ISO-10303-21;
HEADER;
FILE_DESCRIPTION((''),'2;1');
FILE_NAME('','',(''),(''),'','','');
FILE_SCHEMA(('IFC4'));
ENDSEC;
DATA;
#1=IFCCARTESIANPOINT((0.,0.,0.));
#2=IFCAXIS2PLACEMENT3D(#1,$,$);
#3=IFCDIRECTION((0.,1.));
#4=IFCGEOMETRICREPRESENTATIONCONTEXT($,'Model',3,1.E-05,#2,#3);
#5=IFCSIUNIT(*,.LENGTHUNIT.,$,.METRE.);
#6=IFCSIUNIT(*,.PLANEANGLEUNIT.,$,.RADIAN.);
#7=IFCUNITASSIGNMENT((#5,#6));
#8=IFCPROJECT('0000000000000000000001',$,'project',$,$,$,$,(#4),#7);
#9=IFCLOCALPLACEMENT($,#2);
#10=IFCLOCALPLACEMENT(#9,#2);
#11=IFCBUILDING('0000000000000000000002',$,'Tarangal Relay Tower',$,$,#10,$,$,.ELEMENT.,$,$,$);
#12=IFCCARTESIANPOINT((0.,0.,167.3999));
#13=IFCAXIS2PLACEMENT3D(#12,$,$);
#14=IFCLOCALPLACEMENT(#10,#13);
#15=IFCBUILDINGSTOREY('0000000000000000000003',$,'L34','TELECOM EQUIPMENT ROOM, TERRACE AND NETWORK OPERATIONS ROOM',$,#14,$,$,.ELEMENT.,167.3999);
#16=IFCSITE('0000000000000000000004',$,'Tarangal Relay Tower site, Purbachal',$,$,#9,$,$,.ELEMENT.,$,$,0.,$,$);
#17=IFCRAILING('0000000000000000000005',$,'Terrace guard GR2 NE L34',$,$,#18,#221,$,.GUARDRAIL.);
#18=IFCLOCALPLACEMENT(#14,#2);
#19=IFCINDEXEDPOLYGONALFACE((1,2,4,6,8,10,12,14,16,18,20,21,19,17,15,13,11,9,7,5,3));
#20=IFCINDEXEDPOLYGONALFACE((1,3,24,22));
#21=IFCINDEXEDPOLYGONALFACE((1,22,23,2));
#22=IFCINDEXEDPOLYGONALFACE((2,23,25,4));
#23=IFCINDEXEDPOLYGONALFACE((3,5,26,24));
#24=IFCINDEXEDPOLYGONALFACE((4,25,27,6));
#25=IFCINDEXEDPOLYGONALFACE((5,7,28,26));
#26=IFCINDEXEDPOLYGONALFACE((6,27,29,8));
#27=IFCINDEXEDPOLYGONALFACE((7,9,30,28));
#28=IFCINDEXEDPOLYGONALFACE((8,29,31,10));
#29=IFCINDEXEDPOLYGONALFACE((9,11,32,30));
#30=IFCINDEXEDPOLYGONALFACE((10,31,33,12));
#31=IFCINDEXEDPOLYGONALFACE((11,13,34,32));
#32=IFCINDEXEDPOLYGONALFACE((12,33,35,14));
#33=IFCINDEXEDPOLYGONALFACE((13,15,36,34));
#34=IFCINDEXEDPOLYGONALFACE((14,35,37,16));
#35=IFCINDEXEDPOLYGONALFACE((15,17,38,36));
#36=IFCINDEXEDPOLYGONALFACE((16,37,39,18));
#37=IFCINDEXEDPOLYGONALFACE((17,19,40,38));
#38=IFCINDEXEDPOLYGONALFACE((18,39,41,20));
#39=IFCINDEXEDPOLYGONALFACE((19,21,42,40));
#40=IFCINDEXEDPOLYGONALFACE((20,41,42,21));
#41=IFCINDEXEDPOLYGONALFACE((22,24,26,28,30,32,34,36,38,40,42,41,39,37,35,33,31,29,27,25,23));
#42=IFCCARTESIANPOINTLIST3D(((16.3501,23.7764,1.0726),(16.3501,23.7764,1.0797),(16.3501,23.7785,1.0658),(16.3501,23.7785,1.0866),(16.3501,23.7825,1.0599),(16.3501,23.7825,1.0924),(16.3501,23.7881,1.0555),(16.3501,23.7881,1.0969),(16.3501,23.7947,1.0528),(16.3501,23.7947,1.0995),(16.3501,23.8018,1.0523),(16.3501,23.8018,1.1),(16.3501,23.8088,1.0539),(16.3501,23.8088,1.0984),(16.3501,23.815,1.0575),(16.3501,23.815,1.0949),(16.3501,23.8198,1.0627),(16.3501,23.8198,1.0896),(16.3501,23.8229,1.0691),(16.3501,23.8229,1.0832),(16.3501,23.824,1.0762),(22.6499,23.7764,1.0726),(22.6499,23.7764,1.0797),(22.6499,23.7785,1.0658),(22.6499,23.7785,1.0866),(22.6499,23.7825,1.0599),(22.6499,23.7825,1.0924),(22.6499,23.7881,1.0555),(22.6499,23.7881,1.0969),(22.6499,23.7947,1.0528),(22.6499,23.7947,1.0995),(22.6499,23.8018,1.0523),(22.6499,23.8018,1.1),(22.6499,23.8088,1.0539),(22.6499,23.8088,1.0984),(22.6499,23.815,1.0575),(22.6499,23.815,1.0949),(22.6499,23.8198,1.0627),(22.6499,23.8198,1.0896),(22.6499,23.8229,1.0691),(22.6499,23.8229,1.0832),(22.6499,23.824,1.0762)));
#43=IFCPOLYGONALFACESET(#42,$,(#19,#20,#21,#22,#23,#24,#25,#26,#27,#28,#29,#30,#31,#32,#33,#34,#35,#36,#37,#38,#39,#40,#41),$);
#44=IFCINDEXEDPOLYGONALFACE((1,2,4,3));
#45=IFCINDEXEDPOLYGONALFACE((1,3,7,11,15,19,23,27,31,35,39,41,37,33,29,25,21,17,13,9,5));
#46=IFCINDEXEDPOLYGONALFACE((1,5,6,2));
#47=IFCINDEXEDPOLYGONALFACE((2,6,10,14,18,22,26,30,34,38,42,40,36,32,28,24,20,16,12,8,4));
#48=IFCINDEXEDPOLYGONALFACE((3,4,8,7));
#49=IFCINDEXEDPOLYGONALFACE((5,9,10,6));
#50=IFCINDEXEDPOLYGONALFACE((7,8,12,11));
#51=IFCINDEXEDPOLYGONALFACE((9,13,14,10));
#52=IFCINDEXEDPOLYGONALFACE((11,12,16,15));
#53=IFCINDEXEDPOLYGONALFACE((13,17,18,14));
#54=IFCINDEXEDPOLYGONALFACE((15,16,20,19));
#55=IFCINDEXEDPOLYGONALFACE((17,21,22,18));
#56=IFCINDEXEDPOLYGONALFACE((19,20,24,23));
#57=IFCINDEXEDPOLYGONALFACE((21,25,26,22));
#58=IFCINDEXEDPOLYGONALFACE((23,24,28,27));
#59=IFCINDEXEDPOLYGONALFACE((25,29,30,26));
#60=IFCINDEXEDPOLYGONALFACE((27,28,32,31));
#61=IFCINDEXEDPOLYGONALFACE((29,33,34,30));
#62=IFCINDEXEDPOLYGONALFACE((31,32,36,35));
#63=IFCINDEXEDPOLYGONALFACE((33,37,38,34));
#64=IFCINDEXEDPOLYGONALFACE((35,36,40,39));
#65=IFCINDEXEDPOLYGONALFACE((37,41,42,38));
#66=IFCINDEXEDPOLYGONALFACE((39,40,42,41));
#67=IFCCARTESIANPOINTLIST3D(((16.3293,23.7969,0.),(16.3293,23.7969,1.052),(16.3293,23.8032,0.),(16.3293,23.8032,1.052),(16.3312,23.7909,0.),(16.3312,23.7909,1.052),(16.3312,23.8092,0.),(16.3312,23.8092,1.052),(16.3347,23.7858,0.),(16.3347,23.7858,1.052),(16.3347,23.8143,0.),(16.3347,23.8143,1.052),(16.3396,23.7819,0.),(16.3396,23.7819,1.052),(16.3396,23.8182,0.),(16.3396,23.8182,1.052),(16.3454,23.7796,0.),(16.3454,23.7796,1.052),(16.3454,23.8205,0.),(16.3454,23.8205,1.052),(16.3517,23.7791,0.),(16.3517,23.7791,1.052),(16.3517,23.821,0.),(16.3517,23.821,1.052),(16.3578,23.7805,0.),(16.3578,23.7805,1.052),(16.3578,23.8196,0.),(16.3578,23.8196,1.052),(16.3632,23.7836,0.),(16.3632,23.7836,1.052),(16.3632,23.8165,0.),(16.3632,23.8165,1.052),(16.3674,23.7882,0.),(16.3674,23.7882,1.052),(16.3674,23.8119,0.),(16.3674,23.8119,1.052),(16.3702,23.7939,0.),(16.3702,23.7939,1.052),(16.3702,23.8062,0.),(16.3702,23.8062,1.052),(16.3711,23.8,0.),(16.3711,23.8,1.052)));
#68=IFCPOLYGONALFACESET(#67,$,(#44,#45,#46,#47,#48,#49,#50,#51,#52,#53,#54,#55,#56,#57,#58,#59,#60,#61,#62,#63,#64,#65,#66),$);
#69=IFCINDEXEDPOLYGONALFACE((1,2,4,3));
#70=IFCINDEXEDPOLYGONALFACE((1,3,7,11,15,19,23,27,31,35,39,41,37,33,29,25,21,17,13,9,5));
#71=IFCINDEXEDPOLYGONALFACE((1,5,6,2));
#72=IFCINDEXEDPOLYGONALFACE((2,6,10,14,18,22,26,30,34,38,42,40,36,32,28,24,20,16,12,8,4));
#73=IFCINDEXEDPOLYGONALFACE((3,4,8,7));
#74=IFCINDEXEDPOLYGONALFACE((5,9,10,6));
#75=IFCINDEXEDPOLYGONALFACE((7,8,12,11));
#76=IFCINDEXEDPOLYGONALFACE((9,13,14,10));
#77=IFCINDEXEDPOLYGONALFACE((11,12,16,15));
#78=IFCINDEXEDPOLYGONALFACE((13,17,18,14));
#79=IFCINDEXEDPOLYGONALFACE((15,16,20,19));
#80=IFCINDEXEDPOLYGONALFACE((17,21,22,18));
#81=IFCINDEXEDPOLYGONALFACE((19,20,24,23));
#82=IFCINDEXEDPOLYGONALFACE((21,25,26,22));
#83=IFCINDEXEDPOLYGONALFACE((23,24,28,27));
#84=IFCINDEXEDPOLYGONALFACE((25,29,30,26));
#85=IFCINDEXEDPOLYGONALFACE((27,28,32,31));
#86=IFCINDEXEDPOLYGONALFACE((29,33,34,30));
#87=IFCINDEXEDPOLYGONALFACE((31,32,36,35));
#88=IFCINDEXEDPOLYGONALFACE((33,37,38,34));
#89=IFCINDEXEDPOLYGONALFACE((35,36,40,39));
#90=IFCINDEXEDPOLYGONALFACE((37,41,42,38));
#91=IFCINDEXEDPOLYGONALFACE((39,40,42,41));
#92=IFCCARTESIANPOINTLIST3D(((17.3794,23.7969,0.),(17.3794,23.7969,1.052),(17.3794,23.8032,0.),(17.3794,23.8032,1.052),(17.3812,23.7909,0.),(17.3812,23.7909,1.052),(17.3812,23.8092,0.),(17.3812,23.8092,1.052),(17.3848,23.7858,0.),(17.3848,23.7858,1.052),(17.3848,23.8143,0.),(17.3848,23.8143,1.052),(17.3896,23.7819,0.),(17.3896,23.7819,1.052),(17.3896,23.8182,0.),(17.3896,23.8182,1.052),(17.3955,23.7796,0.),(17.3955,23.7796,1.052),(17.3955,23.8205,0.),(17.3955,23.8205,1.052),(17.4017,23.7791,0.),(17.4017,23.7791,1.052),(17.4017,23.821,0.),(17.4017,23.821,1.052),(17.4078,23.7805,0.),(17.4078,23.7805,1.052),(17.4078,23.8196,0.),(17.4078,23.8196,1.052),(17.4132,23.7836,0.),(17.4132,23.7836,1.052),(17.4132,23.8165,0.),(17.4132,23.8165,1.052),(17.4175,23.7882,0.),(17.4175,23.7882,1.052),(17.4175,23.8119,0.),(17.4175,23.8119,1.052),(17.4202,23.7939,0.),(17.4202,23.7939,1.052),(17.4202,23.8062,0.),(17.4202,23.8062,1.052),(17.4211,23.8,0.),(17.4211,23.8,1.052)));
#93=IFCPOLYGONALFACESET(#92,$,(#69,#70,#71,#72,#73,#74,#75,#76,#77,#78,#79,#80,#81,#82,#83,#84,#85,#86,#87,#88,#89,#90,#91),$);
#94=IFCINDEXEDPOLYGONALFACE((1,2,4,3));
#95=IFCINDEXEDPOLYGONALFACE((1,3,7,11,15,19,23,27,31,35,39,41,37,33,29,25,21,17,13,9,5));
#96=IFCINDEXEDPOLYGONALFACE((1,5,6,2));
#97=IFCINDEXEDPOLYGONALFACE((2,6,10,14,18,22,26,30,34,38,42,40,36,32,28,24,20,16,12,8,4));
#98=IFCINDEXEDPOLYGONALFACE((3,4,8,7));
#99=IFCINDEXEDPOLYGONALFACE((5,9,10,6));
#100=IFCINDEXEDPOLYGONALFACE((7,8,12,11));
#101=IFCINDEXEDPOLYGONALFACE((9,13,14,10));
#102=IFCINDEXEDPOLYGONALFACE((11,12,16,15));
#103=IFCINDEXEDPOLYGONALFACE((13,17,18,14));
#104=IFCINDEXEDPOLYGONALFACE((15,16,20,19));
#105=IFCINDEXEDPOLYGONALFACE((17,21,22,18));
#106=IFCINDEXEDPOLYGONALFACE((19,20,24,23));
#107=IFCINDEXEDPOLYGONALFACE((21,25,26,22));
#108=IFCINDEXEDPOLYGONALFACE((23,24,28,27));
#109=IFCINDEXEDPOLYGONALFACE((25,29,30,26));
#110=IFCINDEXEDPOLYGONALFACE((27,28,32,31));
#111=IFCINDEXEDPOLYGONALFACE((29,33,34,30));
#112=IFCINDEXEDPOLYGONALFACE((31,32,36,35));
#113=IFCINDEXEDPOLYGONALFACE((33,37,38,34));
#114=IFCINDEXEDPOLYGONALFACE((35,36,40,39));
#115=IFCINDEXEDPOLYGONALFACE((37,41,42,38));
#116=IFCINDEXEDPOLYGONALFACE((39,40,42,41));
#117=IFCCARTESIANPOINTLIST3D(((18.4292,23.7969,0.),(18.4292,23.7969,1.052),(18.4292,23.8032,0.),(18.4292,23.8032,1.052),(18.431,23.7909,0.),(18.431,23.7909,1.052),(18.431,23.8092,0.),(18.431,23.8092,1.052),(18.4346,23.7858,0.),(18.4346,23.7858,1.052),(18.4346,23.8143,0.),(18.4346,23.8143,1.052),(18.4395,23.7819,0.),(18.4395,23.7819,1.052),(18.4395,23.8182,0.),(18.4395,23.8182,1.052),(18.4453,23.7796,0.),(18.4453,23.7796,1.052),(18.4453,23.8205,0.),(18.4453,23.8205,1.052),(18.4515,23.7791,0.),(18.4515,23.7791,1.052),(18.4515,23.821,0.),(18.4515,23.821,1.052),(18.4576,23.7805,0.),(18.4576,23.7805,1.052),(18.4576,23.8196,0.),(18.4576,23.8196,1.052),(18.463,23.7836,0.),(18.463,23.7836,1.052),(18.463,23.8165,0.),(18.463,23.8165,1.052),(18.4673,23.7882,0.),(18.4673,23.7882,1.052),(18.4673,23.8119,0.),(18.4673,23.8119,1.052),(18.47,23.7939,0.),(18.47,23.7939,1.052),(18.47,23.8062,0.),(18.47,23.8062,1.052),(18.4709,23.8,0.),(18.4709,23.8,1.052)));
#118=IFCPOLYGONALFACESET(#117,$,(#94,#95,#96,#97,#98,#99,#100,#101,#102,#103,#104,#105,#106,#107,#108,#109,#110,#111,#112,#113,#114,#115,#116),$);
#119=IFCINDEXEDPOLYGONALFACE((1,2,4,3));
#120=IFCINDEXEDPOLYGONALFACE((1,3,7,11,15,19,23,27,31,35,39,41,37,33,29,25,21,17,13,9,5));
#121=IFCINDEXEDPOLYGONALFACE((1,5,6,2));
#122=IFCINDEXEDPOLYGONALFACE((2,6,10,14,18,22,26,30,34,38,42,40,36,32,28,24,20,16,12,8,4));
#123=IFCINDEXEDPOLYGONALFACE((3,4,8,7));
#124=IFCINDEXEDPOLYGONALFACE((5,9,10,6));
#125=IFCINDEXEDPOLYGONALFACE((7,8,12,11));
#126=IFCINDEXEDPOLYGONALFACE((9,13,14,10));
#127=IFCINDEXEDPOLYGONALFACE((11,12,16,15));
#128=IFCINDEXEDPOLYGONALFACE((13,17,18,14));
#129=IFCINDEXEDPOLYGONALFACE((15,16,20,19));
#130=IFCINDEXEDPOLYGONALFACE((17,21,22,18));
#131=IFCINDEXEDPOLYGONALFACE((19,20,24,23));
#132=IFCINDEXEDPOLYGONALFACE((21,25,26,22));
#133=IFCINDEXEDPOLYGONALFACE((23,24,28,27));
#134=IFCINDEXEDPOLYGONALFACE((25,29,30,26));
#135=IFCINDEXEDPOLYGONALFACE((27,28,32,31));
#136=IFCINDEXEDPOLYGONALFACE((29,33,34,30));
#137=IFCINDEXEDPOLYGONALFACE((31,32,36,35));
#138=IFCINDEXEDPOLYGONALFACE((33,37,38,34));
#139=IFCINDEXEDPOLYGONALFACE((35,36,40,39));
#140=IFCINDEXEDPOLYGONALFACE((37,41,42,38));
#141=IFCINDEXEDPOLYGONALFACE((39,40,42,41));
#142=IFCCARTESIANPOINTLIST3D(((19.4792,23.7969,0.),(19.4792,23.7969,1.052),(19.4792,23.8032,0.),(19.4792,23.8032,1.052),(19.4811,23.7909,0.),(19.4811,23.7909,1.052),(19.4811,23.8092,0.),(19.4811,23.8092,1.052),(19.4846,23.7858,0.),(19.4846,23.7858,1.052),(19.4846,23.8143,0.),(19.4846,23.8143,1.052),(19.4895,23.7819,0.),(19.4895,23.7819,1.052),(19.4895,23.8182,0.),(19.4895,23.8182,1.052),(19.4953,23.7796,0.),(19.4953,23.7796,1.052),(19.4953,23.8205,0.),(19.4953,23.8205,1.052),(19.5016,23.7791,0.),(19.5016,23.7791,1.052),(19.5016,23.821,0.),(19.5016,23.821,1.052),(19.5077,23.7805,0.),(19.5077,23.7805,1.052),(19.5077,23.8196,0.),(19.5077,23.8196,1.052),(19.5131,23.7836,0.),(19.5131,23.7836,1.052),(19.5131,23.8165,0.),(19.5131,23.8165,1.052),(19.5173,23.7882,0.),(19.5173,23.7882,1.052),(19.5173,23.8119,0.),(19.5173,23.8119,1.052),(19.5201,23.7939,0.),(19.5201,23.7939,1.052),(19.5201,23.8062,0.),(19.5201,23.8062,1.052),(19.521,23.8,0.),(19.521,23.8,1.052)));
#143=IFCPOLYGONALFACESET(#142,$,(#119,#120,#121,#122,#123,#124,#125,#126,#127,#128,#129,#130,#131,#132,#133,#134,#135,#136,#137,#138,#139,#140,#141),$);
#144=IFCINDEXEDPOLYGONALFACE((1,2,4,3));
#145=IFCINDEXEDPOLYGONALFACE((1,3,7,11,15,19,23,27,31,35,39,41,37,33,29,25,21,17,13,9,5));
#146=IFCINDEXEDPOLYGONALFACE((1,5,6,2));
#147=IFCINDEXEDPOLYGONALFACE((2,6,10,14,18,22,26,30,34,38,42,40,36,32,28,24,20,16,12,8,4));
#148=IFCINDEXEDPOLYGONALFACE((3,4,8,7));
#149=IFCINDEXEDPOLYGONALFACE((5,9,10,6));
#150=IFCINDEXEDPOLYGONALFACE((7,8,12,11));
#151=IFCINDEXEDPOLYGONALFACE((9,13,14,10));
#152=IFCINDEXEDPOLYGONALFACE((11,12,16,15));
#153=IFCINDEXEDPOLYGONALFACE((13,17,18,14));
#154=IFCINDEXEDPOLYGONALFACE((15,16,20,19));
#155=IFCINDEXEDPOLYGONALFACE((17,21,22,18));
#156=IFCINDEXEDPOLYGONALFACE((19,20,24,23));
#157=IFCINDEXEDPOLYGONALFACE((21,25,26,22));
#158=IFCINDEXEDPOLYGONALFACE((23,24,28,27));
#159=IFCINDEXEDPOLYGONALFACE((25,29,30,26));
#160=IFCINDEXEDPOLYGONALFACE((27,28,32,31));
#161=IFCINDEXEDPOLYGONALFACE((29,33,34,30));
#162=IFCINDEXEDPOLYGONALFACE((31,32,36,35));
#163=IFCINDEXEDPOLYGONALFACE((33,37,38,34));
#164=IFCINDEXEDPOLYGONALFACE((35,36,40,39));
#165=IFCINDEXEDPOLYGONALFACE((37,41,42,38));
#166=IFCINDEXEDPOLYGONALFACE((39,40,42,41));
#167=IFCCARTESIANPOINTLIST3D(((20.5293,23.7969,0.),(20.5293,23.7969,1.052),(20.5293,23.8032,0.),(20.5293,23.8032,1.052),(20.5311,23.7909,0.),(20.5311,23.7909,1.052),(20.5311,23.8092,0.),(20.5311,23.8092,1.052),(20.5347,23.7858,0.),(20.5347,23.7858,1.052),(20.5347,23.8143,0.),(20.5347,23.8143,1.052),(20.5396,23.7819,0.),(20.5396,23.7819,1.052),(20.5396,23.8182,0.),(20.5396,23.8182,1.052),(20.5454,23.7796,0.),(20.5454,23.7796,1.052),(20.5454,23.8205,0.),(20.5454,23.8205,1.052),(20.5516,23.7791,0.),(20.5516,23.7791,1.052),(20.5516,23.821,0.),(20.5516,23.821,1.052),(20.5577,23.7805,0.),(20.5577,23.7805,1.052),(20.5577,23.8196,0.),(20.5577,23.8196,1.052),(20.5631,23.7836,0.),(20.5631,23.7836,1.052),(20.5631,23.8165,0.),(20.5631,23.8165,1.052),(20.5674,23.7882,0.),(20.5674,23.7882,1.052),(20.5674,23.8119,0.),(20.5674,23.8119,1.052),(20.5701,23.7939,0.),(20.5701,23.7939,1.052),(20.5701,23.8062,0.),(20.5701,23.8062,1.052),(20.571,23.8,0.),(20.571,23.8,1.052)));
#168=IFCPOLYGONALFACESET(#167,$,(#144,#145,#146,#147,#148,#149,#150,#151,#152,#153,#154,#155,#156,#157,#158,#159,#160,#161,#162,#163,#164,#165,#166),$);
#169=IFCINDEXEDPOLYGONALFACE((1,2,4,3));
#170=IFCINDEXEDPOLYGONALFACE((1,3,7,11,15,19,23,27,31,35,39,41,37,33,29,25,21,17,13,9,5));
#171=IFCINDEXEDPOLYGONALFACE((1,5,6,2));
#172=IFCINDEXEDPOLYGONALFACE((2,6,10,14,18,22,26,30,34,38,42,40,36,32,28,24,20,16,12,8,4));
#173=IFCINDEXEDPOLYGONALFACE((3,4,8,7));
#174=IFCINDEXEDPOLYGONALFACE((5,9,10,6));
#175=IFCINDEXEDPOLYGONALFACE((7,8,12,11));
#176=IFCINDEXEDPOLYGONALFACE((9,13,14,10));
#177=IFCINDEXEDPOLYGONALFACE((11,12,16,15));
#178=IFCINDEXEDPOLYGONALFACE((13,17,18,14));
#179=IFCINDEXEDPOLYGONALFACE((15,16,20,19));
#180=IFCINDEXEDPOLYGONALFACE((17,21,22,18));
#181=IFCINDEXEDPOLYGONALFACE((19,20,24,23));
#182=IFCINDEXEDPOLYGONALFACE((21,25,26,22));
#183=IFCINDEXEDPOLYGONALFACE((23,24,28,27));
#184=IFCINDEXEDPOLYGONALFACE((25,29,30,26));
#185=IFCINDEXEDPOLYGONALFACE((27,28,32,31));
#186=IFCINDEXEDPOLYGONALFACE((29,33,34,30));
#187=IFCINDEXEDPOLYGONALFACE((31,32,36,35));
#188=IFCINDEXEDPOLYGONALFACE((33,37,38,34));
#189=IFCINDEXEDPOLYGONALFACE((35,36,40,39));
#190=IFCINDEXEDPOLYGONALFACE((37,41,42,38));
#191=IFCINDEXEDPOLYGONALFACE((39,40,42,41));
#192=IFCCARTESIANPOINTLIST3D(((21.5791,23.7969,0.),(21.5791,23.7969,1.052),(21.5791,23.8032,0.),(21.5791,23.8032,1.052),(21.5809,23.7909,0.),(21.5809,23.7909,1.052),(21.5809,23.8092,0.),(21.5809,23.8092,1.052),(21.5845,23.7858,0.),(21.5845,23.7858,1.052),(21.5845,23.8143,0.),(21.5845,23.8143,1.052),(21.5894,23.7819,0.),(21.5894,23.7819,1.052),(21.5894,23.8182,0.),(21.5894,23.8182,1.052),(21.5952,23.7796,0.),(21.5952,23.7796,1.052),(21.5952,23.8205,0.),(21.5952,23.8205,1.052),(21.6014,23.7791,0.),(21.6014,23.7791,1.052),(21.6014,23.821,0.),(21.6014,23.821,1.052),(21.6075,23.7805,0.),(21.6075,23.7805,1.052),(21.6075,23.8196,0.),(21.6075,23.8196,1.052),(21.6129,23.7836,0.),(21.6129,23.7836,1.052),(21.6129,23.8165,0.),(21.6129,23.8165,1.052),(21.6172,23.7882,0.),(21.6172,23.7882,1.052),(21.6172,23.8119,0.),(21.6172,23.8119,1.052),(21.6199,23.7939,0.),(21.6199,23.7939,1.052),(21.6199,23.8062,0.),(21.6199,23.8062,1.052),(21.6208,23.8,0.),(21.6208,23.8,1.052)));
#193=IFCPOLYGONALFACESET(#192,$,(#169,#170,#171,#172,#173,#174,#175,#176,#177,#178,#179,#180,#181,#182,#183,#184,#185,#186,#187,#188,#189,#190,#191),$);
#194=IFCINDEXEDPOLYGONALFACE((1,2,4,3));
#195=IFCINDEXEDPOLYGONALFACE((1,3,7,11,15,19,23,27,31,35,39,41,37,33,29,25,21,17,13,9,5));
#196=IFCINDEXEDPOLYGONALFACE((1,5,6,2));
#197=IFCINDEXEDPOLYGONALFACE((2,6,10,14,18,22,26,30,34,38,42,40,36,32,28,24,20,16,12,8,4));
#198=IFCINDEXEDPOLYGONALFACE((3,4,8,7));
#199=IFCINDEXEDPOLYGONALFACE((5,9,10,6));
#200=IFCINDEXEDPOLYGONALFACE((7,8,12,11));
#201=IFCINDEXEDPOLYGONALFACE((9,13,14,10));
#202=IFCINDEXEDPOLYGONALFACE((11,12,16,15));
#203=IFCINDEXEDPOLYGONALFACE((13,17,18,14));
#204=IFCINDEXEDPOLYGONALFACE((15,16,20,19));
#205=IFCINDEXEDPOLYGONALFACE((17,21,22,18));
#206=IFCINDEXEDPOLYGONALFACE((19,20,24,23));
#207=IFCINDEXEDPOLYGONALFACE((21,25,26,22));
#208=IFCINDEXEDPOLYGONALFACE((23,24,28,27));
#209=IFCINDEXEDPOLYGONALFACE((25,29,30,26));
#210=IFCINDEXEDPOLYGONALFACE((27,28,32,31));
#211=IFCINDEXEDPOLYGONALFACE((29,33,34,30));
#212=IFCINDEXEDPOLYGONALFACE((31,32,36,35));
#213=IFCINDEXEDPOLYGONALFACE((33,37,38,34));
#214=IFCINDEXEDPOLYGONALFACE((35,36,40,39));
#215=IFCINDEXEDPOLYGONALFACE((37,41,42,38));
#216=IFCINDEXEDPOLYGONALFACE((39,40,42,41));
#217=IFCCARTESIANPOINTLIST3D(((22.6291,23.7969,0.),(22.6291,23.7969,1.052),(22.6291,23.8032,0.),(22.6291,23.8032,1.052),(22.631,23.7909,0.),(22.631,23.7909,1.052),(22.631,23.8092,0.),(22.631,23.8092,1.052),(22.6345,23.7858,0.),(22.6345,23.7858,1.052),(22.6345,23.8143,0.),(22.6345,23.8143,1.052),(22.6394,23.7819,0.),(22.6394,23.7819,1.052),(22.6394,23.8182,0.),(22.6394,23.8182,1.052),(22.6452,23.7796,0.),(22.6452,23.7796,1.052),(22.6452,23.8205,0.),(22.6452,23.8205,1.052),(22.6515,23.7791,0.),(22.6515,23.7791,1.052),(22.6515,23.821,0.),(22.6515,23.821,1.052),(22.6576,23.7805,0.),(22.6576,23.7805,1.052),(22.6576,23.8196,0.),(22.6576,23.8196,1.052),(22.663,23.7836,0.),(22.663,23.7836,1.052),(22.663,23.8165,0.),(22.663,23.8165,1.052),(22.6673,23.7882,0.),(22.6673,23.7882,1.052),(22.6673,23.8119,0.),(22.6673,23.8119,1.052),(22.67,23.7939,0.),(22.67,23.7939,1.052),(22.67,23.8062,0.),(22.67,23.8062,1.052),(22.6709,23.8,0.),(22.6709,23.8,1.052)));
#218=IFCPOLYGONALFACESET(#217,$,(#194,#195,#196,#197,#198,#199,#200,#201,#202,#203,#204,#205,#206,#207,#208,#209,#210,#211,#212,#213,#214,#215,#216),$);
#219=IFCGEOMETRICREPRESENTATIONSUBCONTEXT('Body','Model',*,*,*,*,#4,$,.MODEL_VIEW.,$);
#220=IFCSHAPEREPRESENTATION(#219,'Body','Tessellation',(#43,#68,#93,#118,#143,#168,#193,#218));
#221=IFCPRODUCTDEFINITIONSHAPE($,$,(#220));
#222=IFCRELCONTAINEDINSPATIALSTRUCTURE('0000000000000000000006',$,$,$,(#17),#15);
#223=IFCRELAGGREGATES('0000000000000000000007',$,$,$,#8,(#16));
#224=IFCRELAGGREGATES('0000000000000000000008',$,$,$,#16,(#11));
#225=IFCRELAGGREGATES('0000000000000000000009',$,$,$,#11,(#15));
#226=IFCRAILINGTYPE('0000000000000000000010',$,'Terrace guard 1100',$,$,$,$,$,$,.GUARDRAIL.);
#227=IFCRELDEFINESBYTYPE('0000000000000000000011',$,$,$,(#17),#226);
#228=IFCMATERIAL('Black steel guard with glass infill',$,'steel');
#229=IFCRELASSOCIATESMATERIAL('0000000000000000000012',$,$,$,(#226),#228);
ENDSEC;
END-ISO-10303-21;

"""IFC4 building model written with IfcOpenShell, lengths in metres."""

from ifc_helpers import new_model, si_unit, direction, frame, origin, origin_2d, place, context, subcontext, project, spatial, circle, extrude, material, type_object, element, save


model = new_model("IFC4")

# Units and contexts
model_context = context("Model", 3, precision=1e-05, world=origin(), true_north=direction((0.0, 1.0)))
body_context = subcontext(model_context, "Body", "Model", "MODEL_VIEW")
ifc_project = project(units=[si_unit("LENGTHUNIT", "METRE"), si_unit("PLANEANGLEUNIT", "RADIAN")], contexts=[model_context])

# Site, building, storey
site_placement = place(None, origin())
site = spatial("IfcSite", under=ifc_project, at=site_placement, Name="Tarangal Relay Tower site, Purbachal", CompositionType="ELEMENT", RefElevation=0.0)
building_placement = place(site_placement, origin())
building = spatial("IfcBuilding", under=site, at=building_placement, Name="Tarangal Relay Tower", CompositionType="ELEMENT")
storey_placement = place(building_placement, frame((0.0, 0.0, 167.3999)))
storey = spatial("IfcBuildingStorey", under=building, at=storey_placement, Name="L34", Description="TELECOM EQUIPMENT ROOM, TERRACE AND NETWORK OPERATIONS ROOM", CompositionType="ELEMENT", Elevation=167.3999)

# Railing
ifc_material_1 = material(Name="Black steel guard with glass infill", Category="steel")
railing_type = type_object("IfcRailingType", Name="Terrace guard 1100", PredefinedType="GUARDRAIL", material=ifc_material_1)
railing_1_placement = place(storey_placement, frame((16.3501, 23.8, 0.0)))
element("IfcRailing", 1, at=railing_1_placement, inside=storey, type_object=railing_type, Name="Terrace guard GR2 NE L34", PredefinedType="GUARDRAIL", context=body_context, shape_type="SweptSolid", body=[
    extrude(circle(Radius=0.0239, at=origin_2d()), frame((0.0, 0.0, 1.0762), z_axis=(1.0, 0.0, 0.0), x_axis=(0.0, 1.0, 0.0)), (0.0, 0.0, 1.0), 6.2998),
    extrude(circle(Radius=0.021, at=origin_2d()), origin(), (0.0, 0.0, 1.0), 1.052),
    extrude(circle(Radius=0.021, at=origin_2d()), frame((1.05, 0.0, 0.0)), (0.0, 0.0, 1.0), 1.052),
    extrude(circle(Radius=0.021, at=origin_2d()), frame((2.0999, 0.0, 0.0)), (0.0, 0.0, 1.0), 1.052),
    extrude(circle(Radius=0.021, at=origin_2d()), frame((3.1499, 0.0, 0.0)), (0.0, 0.0, 1.0), 1.052),
    extrude(circle(Radius=0.021, at=origin_2d()), frame((4.2, 0.0, 0.0)), (0.0, 0.0, 1.0), 1.052),
    extrude(circle(Radius=0.021, at=origin_2d()), frame((5.2498, 0.0, 0.0)), (0.0, 0.0, 1.0), 1.052),
    extrude(circle(Radius=0.021, at=origin_2d()), frame((6.2998, 0.0, 0.0)), (0.0, 0.0, 1.0), 1.052),
])

save(model, "model.ifc")
